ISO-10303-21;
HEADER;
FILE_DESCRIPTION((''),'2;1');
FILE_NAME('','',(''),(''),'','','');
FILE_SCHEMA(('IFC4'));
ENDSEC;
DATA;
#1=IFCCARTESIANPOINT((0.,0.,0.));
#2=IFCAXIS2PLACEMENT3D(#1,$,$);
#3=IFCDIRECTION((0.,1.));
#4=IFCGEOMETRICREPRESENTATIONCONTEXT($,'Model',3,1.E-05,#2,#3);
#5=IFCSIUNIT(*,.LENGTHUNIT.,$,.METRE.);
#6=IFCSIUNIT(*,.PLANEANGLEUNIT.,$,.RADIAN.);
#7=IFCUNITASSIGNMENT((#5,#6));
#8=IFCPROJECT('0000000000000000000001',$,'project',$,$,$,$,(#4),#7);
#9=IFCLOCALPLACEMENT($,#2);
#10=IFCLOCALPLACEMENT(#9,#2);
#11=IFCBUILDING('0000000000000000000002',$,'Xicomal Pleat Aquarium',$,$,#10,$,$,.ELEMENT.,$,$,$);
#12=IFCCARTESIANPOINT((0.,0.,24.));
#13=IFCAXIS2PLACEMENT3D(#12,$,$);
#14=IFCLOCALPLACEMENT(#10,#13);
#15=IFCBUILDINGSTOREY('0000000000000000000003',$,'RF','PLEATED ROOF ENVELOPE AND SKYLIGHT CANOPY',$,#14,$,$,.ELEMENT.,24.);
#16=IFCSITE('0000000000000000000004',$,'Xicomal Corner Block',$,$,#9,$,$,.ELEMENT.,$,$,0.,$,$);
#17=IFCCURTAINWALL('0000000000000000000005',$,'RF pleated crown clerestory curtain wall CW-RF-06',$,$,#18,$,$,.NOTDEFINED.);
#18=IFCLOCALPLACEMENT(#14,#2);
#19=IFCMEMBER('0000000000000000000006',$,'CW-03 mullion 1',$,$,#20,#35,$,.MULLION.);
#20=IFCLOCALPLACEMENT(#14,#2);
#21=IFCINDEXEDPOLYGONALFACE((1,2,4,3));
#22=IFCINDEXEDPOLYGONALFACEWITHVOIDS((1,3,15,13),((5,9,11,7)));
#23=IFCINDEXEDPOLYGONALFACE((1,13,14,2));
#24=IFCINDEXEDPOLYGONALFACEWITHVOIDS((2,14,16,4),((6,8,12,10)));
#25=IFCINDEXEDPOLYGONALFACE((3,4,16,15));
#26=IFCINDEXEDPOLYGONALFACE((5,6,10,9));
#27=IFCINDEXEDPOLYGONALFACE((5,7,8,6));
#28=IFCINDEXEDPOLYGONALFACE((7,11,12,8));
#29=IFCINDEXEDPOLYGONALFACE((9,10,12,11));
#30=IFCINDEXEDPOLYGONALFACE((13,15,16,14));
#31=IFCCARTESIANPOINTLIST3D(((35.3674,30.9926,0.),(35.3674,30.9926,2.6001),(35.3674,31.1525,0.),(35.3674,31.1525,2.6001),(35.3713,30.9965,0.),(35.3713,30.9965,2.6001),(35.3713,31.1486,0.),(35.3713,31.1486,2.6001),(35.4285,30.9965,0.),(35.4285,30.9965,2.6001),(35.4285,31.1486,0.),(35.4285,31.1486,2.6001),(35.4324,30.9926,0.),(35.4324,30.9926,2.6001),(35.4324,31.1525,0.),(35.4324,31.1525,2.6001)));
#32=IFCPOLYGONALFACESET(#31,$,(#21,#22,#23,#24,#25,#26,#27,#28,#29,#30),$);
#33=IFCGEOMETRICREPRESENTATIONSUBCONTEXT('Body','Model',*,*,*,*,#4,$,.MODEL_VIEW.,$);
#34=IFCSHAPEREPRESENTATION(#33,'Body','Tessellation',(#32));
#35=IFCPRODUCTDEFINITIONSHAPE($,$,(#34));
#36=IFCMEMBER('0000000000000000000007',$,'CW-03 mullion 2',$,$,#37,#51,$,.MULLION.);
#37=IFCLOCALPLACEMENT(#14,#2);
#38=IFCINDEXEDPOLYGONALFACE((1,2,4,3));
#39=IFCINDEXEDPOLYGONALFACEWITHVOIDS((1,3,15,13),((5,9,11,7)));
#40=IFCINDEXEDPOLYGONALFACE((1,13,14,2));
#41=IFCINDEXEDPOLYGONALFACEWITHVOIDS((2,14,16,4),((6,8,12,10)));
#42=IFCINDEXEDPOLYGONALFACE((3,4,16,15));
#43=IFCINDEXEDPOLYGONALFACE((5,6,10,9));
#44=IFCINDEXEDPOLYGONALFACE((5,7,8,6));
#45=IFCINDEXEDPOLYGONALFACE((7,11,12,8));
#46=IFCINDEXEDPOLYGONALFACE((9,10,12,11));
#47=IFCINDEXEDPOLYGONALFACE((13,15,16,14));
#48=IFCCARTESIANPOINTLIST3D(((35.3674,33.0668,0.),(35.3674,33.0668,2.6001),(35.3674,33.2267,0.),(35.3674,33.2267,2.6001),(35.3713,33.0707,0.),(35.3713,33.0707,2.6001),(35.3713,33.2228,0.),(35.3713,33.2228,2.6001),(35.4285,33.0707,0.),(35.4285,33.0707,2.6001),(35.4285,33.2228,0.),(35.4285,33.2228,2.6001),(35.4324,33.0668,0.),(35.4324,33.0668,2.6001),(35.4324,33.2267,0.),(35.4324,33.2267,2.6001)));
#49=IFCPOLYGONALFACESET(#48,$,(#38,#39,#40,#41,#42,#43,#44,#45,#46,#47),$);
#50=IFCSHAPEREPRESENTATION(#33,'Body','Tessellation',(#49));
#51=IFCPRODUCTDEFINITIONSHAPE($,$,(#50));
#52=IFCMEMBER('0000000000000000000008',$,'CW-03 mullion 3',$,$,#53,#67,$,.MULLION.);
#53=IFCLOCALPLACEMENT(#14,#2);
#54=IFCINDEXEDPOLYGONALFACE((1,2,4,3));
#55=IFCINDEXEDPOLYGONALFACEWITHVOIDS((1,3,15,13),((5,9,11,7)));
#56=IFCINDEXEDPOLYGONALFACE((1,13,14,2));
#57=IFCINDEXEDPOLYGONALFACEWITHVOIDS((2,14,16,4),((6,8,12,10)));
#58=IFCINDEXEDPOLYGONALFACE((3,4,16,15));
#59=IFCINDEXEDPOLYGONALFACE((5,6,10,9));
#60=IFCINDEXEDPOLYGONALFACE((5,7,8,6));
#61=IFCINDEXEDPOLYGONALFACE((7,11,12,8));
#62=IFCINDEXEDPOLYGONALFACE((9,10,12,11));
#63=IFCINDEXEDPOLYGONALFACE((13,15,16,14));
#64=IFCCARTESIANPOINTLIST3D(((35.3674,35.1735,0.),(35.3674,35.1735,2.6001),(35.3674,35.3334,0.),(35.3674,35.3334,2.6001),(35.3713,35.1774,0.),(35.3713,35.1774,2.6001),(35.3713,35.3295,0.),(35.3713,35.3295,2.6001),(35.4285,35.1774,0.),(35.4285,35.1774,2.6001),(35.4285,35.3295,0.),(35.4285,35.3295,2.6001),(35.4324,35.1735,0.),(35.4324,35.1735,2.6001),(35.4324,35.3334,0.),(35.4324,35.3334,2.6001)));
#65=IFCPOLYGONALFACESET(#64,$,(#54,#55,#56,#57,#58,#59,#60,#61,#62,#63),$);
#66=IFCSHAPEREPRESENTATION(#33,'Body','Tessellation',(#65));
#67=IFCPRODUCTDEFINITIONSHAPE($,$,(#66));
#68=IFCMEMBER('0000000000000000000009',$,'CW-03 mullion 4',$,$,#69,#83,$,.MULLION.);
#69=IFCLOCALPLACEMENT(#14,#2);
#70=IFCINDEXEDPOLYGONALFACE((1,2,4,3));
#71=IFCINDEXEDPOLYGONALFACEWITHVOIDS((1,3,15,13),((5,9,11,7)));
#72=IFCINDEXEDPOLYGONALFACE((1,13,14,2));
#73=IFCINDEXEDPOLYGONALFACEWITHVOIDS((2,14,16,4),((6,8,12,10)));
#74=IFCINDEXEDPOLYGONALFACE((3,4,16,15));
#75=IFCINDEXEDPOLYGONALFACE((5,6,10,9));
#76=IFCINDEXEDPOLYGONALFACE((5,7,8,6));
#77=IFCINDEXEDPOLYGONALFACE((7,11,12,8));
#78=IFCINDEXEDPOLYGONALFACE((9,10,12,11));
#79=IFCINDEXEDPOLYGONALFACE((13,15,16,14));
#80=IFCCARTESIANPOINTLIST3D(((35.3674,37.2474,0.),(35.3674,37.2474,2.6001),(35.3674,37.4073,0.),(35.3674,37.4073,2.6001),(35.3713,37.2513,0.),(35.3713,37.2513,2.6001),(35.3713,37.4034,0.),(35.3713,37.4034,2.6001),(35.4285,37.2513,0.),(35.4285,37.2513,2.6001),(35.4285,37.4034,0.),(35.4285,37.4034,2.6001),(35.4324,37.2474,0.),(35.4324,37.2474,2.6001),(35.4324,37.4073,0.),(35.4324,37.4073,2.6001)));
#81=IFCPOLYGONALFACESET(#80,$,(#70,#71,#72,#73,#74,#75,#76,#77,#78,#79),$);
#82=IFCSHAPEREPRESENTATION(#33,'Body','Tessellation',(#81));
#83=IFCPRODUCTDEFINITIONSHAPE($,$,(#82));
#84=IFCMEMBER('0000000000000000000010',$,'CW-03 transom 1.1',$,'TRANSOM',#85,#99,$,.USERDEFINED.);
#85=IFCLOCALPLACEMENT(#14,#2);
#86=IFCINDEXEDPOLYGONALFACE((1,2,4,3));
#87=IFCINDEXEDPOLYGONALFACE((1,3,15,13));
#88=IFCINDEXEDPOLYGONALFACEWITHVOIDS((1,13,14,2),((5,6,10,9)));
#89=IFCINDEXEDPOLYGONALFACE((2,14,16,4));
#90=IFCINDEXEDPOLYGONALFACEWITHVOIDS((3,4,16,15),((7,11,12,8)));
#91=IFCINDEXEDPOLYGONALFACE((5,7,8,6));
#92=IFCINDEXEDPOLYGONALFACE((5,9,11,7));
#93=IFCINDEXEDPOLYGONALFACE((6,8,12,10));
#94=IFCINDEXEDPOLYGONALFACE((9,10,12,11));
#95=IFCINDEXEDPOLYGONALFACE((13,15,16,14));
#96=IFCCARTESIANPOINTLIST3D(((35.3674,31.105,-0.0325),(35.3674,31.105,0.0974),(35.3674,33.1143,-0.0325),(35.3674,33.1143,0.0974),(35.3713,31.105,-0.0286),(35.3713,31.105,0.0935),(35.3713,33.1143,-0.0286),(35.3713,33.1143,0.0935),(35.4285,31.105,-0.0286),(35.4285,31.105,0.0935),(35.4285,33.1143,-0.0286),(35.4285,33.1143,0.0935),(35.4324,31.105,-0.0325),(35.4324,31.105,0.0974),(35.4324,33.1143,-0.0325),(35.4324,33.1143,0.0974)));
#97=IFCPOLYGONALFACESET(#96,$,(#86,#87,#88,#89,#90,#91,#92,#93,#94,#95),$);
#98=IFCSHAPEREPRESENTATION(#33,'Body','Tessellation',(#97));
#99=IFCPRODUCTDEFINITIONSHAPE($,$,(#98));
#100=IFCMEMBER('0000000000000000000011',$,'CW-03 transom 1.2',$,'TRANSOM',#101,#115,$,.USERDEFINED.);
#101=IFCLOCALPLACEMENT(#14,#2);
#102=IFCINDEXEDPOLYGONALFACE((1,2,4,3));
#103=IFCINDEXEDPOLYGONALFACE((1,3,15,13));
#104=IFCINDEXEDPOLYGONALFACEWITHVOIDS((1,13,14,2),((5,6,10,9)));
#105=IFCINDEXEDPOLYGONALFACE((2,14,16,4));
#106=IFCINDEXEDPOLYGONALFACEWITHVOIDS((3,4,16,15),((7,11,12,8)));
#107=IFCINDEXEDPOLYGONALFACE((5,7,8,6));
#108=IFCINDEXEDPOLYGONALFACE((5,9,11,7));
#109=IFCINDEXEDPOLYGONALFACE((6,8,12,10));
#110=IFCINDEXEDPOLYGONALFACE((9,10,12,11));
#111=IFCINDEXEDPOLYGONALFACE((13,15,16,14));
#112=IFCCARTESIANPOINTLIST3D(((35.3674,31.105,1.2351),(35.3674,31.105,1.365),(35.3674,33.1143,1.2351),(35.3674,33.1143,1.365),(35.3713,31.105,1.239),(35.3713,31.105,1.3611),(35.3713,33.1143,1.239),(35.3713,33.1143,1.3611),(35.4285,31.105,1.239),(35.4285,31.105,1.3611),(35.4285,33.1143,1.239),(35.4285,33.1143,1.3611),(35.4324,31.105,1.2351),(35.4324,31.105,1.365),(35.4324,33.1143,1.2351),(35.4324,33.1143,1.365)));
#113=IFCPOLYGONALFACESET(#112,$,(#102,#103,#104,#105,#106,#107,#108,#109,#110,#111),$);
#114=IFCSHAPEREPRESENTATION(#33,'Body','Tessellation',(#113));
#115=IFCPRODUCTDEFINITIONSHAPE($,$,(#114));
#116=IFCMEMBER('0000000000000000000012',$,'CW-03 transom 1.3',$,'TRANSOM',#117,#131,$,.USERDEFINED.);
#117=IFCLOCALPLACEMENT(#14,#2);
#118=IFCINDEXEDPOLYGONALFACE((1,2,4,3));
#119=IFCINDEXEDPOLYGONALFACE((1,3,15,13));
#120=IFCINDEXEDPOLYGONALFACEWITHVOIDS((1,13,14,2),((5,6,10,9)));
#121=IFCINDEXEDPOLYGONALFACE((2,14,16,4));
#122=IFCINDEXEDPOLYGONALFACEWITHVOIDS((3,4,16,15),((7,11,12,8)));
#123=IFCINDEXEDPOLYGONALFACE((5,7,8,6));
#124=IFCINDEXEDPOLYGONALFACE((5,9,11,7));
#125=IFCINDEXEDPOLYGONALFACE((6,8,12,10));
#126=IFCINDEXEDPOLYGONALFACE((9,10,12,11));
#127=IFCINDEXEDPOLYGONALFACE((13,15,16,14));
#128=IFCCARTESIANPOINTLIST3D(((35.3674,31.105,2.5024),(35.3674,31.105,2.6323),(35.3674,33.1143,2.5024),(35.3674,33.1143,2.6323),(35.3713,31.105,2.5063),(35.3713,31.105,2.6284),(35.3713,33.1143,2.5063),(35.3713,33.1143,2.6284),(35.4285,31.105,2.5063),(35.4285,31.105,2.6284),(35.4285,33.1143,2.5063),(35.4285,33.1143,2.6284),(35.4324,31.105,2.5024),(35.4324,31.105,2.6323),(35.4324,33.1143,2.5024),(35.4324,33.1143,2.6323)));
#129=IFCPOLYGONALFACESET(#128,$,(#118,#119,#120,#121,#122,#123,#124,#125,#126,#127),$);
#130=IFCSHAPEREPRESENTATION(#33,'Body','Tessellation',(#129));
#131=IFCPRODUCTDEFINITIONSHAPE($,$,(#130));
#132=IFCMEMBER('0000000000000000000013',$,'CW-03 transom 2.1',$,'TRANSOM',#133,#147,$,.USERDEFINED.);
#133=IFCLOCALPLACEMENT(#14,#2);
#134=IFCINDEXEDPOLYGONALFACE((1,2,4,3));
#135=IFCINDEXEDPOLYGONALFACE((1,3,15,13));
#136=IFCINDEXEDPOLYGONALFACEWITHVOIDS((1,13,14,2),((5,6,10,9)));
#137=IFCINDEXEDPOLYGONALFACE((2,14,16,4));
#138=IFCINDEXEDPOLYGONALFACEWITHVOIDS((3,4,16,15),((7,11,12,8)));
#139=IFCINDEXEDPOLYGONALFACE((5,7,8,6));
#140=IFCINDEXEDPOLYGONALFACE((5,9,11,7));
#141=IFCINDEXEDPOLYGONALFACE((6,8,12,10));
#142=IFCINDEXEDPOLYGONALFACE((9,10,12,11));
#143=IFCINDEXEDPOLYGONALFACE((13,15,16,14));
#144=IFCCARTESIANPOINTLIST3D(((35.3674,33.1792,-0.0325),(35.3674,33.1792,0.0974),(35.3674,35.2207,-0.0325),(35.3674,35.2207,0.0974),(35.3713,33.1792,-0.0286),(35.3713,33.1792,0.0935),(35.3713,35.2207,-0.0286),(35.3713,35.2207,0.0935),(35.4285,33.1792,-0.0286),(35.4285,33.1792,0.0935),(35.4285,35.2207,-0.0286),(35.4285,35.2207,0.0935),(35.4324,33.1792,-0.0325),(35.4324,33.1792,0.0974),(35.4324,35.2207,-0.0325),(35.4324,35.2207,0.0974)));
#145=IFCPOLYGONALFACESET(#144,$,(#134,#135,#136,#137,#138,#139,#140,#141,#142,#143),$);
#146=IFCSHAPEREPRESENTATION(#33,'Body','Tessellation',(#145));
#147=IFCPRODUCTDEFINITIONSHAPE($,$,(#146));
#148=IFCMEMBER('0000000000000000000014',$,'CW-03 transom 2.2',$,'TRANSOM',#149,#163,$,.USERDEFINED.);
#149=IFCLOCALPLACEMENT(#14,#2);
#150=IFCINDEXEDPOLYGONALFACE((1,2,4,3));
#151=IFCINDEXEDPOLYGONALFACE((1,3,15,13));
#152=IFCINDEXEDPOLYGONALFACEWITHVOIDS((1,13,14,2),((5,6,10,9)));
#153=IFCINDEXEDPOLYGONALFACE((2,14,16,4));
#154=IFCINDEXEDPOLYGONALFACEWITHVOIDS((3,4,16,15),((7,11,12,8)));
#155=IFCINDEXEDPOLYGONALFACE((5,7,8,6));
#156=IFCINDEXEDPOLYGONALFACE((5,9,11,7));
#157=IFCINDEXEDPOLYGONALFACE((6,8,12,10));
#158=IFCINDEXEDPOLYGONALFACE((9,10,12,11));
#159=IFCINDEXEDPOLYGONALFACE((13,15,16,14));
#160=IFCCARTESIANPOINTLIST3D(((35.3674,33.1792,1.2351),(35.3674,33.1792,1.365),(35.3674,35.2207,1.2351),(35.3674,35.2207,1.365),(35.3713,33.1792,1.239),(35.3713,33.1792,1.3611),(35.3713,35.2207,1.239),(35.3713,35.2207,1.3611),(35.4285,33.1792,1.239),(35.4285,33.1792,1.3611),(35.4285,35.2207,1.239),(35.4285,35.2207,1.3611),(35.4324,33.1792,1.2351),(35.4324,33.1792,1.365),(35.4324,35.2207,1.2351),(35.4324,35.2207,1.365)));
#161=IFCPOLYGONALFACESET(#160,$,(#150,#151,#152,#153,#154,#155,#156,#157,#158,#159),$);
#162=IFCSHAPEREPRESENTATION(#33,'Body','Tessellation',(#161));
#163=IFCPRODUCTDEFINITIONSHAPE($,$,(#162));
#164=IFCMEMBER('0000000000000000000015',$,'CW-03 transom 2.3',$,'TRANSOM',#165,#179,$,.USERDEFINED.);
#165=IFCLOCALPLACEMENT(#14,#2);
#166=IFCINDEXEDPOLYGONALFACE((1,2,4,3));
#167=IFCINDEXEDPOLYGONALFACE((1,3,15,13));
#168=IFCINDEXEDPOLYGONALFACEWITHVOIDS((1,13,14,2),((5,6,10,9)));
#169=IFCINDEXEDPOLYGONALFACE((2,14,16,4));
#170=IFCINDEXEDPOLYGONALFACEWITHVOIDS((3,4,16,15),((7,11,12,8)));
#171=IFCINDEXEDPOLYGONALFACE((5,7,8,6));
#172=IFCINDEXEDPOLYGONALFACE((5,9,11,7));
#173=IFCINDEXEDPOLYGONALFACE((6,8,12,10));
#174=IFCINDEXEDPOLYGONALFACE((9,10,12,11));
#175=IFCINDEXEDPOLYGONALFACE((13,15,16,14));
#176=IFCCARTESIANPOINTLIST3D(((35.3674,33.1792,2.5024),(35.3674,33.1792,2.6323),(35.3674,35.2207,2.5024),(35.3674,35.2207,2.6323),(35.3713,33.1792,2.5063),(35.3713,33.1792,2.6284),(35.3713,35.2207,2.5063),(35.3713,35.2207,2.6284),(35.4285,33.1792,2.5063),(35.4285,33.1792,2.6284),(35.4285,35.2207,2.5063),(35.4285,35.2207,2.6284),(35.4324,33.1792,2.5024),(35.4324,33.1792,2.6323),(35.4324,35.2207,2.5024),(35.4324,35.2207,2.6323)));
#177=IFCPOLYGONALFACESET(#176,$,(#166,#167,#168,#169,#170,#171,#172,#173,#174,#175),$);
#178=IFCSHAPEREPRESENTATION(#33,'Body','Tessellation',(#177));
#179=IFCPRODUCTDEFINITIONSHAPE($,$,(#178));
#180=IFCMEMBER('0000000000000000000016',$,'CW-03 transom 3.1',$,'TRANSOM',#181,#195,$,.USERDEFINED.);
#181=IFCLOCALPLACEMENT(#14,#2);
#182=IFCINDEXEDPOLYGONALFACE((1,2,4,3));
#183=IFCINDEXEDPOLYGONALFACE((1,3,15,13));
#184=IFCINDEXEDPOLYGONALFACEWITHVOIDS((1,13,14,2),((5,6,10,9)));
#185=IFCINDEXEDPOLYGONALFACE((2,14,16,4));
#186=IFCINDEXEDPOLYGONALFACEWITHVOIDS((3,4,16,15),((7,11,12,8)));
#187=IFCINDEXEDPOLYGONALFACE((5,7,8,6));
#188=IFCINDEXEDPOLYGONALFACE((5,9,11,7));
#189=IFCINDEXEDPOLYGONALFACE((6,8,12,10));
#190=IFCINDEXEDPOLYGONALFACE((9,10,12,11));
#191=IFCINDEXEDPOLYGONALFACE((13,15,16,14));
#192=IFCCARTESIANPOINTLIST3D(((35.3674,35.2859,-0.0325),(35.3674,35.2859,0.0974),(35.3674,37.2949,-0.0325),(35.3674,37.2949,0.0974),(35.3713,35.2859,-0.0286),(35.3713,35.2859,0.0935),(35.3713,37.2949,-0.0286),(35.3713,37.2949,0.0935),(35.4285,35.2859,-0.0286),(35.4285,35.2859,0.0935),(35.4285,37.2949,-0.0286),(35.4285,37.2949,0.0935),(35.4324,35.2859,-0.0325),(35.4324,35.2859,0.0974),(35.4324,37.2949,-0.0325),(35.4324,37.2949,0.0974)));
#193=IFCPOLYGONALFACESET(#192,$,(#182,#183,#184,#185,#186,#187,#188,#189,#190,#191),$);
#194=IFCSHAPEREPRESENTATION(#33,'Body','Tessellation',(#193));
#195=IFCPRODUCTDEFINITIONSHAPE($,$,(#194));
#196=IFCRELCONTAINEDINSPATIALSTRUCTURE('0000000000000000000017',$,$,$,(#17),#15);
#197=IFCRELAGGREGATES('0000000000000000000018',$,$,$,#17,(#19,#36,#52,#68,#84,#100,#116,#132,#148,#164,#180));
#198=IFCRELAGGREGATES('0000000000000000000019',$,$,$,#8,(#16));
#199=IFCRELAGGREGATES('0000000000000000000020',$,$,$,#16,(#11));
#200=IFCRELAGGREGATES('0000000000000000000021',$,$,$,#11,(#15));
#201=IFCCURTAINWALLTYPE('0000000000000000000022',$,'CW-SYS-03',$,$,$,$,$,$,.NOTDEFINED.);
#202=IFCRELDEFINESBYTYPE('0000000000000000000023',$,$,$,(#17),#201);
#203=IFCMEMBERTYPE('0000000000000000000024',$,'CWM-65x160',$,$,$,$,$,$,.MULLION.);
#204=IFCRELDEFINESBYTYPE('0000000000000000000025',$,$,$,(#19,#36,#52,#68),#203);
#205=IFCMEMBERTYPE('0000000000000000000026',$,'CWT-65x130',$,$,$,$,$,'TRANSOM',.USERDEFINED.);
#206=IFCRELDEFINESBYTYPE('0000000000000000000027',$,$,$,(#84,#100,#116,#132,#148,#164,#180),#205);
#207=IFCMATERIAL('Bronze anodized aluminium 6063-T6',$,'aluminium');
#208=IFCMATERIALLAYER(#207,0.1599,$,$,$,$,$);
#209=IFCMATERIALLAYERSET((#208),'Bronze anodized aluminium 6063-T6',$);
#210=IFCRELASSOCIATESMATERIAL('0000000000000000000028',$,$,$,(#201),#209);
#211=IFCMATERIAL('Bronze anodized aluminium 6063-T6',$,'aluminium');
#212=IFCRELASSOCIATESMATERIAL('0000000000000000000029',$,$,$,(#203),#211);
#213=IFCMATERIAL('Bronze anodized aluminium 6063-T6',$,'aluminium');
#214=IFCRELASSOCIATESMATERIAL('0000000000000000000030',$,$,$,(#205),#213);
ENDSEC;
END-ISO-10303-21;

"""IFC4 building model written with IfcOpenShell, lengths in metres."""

from ifc_helpers import new_model, si_unit, direction, frame, origin, origin_2d, place, context, subcontext, project, spatial, hollow_rectangle, extrude, material, layer, layer_set, material_profile, profile_set, type_object, element, aggregate, save


model = new_model("IFC4")

# Units and contexts
model_context = context("Model", 3, precision=1e-05, world=origin(), true_north=direction((0.0, 1.0)))
body_context = subcontext(model_context, "Body", "Model", "MODEL_VIEW")
ifc_project = project(units=[si_unit("LENGTHUNIT", "METRE"), si_unit("PLANEANGLEUNIT", "RADIAN")], contexts=[model_context])

# Site, building, storey
site_placement = place(None, origin())
site = spatial("IfcSite", under=ifc_project, at=site_placement, Name="Xicomal Corner Block", CompositionType="ELEMENT", RefElevation=0.0)
building_placement = place(site_placement, origin())
building = spatial("IfcBuilding", under=site, at=building_placement, Name="Xicomal Pleat Aquarium", CompositionType="ELEMENT")
storey_placement = place(building_placement, frame((0.0, 0.0, 24.0)))
storey = spatial("IfcBuildingStorey", under=building, at=storey_placement, Name="RF", Description="PLEATED ROOF ENVELOPE AND SKYLIGHT CANOPY", CompositionType="ELEMENT", Elevation=24.0)

# Curtain wall, members
ifc_material_1 = material(Name="Bronze anodized aluminium 6063-T6", Category="aluminium")
ifc_layer_1 = layer(ifc_material_1, 0.1599)
ifc_layer_set_1 = layer_set([ifc_layer_1], Name="Bronze anodized aluminium 6063-T6")
curtain_wall_type_1 = type_object("IfcCurtainWallType", Name="CW-SYS-03", PredefinedType="NOTDEFINED", material=ifc_layer_set_1)
curtain_wall_1_placement = place(storey_placement, origin())
curtain_wall_1 = element("IfcCurtainWall", 1, at=curtain_wall_1_placement, inside=storey, type_object=curtain_wall_type_1, Name="RF pleated crown clerestory curtain wall CW-RF-06", PredefinedType="NOTDEFINED")
ifc_material_2 = material(Name="Bronze anodized aluminium 6063-T6", Category="aluminium")
ifc_material_profile_1 = material_profile(ifc_material_2, hollow_rectangle(XDim=0.0649, YDim=0.1599, WallThickness=0.0039, at=origin_2d()), Name="ALU MULL 65x160")
ifc_profile_set_1 = profile_set([ifc_material_profile_1], Name="Bronze anodized aluminium 6063-T6")
member_type_1 = type_object("IfcMemberType", Name="CWM-65x160", PredefinedType="MULLION", material=ifc_profile_set_1)
member_1_placement = place(storey_placement, frame((35.3999, 31.0725, 0.0), z_axis=(0.0, 0.0, 1.0), x_axis=(-1.0, 0.0, 0.0)))
member_1 = element("IfcMember", 2, at=member_1_placement, type_object=member_type_1, Name="CW-03 mullion 1", PredefinedType="MULLION", context=body_context, shape_type="SweptSolid", body=[
    extrude(hollow_rectangle(XDim=0.0649, YDim=0.1599, WallThickness=0.0039, at=origin_2d()), origin(), (0.0, 0.0, 1.0), 2.6001),
])
member_2_placement = place(storey_placement, frame((35.3999, 33.1467, 0.0), z_axis=(0.0, 0.0, 1.0), x_axis=(-1.0, 0.0, 0.0)))
member_2 = element("IfcMember", 3, at=member_2_placement, type_object=member_type_1, Name="CW-03 mullion 2", PredefinedType="MULLION", context=body_context, shape_type="SweptSolid", body=[
    extrude(hollow_rectangle(XDim=0.0649, YDim=0.1599, WallThickness=0.0039, at=origin_2d()), origin(), (0.0, 0.0, 1.0), 2.6001),
])
member_3_placement = place(storey_placement, frame((35.3999, 35.2534, 0.0), z_axis=(0.0, 0.0, 1.0), x_axis=(-1.0, 0.0, 0.0)))
member_3 = element("IfcMember", 4, at=member_3_placement, type_object=member_type_1, Name="CW-03 mullion 3", PredefinedType="MULLION", context=body_context, shape_type="SweptSolid", body=[
    extrude(hollow_rectangle(XDim=0.0649, YDim=0.1599, WallThickness=0.0039, at=origin_2d()), origin(), (0.0, 0.0, 1.0), 2.6001),
])
member_4_placement = place(storey_placement, frame((35.3999, 37.3274, 0.0), z_axis=(0.0, 0.0, 1.0), x_axis=(-1.0, 0.0, 0.0)))
member_4 = element("IfcMember", 5, at=member_4_placement, type_object=member_type_1, Name="CW-03 mullion 4", PredefinedType="MULLION", context=body_context, shape_type="SweptSolid", body=[
    extrude(hollow_rectangle(XDim=0.0649, YDim=0.1599, WallThickness=0.0039, at=origin_2d()), origin(), (0.0, 0.0, 1.0), 2.6001),
])
ifc_material_3 = material(Name="Bronze anodized aluminium 6063-T6", Category="aluminium")
ifc_material_profile_2 = material_profile(ifc_material_3, hollow_rectangle(XDim=0.0649, YDim=0.1299, WallThickness=0.0039, at=origin_2d()), Name="ALU TRAN 65x130")
ifc_profile_set_2 = profile_set([ifc_material_profile_2], Name="Bronze anodized aluminium 6063-T6")
member_type_2 = type_object("IfcMemberType", Name="CWT-65x130", ElementType="TRANSOM", PredefinedType="USERDEFINED", material=ifc_profile_set_2)
member_5_placement = place(storey_placement, frame((35.3999, 31.105, 0.0325), z_axis=(0.0, 1.0, 0.0), x_axis=(-1.0, 0.0, 0.0)))
member_5 = element("IfcMember", 6, at=member_5_placement, type_object=member_type_2, Name="CW-03 transom 1.1", ObjectType="TRANSOM", PredefinedType="USERDEFINED", context=body_context, shape_type="SweptSolid", body=[
    extrude(hollow_rectangle(XDim=0.0649, YDim=0.1299, WallThickness=0.0039, at=origin_2d()), origin(), (0.0, 0.0, 1.0), 2.0093),
])
member_6_placement = place(storey_placement, frame((35.3999, 31.105, 1.3), z_axis=(0.0, 1.0, 0.0), x_axis=(-1.0, 0.0, 0.0)))
member_6 = element("IfcMember", 7, at=member_6_placement, type_object=member_type_2, Name="CW-03 transom 1.2", ObjectType="TRANSOM", PredefinedType="USERDEFINED", context=body_context, shape_type="SweptSolid", body=[
    extrude(hollow_rectangle(XDim=0.0649, YDim=0.1299, WallThickness=0.0039, at=origin_2d()), origin(), (0.0, 0.0, 1.0), 2.0093),
])
member_7_placement = place(storey_placement, frame((35.3999, 31.105, 2.5674), z_axis=(0.0, 1.0, 0.0), x_axis=(-1.0, 0.0, 0.0)))
member_7 = element("IfcMember", 8, at=member_7_placement, type_object=member_type_2, Name="CW-03 transom 1.3", ObjectType="TRANSOM", PredefinedType="USERDEFINED", context=body_context, shape_type="SweptSolid", body=[
    extrude(hollow_rectangle(XDim=0.0649, YDim=0.1299, WallThickness=0.0039, at=origin_2d()), origin(), (0.0, 0.0, 1.0), 2.0093),
])
member_8_placement = place(storey_placement, frame((35.3999, 33.1792, 0.0325), z_axis=(0.0, 1.0, 0.0), x_axis=(-1.0, 0.0, 0.0)))
member_8 = element("IfcMember", 9, at=member_8_placement, type_object=member_type_2, Name="CW-03 transom 2.1", ObjectType="TRANSOM", PredefinedType="USERDEFINED", context=body_context, shape_type="SweptSolid", body=[
    extrude(hollow_rectangle(XDim=0.0649, YDim=0.1299, WallThickness=0.0039, at=origin_2d()), origin(), (0.0, 0.0, 1.0), 2.0415),
])
member_9_placement = place(storey_placement, frame((35.3999, 33.1792, 1.3), z_axis=(0.0, 1.0, 0.0), x_axis=(-1.0, 0.0, 0.0)))
member_9 = element("IfcMember", 10, at=member_9_placement, type_object=member_type_2, Name="CW-03 transom 2.2", ObjectType="TRANSOM", PredefinedType="USERDEFINED", context=body_context, shape_type="SweptSolid", body=[
    extrude(hollow_rectangle(XDim=0.0649, YDim=0.1299, WallThickness=0.0039, at=origin_2d()), origin(), (0.0, 0.0, 1.0), 2.0415),
])
member_10_placement = place(storey_placement, frame((35.3999, 33.1792, 2.5674), z_axis=(0.0, 1.0, 0.0), x_axis=(-1.0, 0.0, 0.0)))
member_10 = element("IfcMember", 11, at=member_10_placement, type_object=member_type_2, Name="CW-03 transom 2.3", ObjectType="TRANSOM", PredefinedType="USERDEFINED", context=body_context, shape_type="SweptSolid", body=[
    extrude(hollow_rectangle(XDim=0.0649, YDim=0.1299, WallThickness=0.0039, at=origin_2d()), origin(), (0.0, 0.0, 1.0), 2.0415),
])
member_11_placement = place(storey_placement, frame((35.3999, 35.2859, 0.0325), z_axis=(0.0, 1.0, 0.0), x_axis=(-1.0, 0.0, 0.0)))
member_11 = element("IfcMember", 12, at=member_11_placement, type_object=member_type_2, Name="CW-03 transom 3.1", ObjectType="TRANSOM", PredefinedType="USERDEFINED", context=body_context, shape_type="SweptSolid", body=[
    extrude(hollow_rectangle(XDim=0.0649, YDim=0.1299, WallThickness=0.0039, at=origin_2d()), origin(), (0.0, 0.0, 1.0), 2.009),
])

aggregate(curtain_wall_1, [member_1, member_2, member_3, member_4, member_5, member_6, member_7, member_8, member_9, member_10, member_11])

save(model, "model.ifc")
